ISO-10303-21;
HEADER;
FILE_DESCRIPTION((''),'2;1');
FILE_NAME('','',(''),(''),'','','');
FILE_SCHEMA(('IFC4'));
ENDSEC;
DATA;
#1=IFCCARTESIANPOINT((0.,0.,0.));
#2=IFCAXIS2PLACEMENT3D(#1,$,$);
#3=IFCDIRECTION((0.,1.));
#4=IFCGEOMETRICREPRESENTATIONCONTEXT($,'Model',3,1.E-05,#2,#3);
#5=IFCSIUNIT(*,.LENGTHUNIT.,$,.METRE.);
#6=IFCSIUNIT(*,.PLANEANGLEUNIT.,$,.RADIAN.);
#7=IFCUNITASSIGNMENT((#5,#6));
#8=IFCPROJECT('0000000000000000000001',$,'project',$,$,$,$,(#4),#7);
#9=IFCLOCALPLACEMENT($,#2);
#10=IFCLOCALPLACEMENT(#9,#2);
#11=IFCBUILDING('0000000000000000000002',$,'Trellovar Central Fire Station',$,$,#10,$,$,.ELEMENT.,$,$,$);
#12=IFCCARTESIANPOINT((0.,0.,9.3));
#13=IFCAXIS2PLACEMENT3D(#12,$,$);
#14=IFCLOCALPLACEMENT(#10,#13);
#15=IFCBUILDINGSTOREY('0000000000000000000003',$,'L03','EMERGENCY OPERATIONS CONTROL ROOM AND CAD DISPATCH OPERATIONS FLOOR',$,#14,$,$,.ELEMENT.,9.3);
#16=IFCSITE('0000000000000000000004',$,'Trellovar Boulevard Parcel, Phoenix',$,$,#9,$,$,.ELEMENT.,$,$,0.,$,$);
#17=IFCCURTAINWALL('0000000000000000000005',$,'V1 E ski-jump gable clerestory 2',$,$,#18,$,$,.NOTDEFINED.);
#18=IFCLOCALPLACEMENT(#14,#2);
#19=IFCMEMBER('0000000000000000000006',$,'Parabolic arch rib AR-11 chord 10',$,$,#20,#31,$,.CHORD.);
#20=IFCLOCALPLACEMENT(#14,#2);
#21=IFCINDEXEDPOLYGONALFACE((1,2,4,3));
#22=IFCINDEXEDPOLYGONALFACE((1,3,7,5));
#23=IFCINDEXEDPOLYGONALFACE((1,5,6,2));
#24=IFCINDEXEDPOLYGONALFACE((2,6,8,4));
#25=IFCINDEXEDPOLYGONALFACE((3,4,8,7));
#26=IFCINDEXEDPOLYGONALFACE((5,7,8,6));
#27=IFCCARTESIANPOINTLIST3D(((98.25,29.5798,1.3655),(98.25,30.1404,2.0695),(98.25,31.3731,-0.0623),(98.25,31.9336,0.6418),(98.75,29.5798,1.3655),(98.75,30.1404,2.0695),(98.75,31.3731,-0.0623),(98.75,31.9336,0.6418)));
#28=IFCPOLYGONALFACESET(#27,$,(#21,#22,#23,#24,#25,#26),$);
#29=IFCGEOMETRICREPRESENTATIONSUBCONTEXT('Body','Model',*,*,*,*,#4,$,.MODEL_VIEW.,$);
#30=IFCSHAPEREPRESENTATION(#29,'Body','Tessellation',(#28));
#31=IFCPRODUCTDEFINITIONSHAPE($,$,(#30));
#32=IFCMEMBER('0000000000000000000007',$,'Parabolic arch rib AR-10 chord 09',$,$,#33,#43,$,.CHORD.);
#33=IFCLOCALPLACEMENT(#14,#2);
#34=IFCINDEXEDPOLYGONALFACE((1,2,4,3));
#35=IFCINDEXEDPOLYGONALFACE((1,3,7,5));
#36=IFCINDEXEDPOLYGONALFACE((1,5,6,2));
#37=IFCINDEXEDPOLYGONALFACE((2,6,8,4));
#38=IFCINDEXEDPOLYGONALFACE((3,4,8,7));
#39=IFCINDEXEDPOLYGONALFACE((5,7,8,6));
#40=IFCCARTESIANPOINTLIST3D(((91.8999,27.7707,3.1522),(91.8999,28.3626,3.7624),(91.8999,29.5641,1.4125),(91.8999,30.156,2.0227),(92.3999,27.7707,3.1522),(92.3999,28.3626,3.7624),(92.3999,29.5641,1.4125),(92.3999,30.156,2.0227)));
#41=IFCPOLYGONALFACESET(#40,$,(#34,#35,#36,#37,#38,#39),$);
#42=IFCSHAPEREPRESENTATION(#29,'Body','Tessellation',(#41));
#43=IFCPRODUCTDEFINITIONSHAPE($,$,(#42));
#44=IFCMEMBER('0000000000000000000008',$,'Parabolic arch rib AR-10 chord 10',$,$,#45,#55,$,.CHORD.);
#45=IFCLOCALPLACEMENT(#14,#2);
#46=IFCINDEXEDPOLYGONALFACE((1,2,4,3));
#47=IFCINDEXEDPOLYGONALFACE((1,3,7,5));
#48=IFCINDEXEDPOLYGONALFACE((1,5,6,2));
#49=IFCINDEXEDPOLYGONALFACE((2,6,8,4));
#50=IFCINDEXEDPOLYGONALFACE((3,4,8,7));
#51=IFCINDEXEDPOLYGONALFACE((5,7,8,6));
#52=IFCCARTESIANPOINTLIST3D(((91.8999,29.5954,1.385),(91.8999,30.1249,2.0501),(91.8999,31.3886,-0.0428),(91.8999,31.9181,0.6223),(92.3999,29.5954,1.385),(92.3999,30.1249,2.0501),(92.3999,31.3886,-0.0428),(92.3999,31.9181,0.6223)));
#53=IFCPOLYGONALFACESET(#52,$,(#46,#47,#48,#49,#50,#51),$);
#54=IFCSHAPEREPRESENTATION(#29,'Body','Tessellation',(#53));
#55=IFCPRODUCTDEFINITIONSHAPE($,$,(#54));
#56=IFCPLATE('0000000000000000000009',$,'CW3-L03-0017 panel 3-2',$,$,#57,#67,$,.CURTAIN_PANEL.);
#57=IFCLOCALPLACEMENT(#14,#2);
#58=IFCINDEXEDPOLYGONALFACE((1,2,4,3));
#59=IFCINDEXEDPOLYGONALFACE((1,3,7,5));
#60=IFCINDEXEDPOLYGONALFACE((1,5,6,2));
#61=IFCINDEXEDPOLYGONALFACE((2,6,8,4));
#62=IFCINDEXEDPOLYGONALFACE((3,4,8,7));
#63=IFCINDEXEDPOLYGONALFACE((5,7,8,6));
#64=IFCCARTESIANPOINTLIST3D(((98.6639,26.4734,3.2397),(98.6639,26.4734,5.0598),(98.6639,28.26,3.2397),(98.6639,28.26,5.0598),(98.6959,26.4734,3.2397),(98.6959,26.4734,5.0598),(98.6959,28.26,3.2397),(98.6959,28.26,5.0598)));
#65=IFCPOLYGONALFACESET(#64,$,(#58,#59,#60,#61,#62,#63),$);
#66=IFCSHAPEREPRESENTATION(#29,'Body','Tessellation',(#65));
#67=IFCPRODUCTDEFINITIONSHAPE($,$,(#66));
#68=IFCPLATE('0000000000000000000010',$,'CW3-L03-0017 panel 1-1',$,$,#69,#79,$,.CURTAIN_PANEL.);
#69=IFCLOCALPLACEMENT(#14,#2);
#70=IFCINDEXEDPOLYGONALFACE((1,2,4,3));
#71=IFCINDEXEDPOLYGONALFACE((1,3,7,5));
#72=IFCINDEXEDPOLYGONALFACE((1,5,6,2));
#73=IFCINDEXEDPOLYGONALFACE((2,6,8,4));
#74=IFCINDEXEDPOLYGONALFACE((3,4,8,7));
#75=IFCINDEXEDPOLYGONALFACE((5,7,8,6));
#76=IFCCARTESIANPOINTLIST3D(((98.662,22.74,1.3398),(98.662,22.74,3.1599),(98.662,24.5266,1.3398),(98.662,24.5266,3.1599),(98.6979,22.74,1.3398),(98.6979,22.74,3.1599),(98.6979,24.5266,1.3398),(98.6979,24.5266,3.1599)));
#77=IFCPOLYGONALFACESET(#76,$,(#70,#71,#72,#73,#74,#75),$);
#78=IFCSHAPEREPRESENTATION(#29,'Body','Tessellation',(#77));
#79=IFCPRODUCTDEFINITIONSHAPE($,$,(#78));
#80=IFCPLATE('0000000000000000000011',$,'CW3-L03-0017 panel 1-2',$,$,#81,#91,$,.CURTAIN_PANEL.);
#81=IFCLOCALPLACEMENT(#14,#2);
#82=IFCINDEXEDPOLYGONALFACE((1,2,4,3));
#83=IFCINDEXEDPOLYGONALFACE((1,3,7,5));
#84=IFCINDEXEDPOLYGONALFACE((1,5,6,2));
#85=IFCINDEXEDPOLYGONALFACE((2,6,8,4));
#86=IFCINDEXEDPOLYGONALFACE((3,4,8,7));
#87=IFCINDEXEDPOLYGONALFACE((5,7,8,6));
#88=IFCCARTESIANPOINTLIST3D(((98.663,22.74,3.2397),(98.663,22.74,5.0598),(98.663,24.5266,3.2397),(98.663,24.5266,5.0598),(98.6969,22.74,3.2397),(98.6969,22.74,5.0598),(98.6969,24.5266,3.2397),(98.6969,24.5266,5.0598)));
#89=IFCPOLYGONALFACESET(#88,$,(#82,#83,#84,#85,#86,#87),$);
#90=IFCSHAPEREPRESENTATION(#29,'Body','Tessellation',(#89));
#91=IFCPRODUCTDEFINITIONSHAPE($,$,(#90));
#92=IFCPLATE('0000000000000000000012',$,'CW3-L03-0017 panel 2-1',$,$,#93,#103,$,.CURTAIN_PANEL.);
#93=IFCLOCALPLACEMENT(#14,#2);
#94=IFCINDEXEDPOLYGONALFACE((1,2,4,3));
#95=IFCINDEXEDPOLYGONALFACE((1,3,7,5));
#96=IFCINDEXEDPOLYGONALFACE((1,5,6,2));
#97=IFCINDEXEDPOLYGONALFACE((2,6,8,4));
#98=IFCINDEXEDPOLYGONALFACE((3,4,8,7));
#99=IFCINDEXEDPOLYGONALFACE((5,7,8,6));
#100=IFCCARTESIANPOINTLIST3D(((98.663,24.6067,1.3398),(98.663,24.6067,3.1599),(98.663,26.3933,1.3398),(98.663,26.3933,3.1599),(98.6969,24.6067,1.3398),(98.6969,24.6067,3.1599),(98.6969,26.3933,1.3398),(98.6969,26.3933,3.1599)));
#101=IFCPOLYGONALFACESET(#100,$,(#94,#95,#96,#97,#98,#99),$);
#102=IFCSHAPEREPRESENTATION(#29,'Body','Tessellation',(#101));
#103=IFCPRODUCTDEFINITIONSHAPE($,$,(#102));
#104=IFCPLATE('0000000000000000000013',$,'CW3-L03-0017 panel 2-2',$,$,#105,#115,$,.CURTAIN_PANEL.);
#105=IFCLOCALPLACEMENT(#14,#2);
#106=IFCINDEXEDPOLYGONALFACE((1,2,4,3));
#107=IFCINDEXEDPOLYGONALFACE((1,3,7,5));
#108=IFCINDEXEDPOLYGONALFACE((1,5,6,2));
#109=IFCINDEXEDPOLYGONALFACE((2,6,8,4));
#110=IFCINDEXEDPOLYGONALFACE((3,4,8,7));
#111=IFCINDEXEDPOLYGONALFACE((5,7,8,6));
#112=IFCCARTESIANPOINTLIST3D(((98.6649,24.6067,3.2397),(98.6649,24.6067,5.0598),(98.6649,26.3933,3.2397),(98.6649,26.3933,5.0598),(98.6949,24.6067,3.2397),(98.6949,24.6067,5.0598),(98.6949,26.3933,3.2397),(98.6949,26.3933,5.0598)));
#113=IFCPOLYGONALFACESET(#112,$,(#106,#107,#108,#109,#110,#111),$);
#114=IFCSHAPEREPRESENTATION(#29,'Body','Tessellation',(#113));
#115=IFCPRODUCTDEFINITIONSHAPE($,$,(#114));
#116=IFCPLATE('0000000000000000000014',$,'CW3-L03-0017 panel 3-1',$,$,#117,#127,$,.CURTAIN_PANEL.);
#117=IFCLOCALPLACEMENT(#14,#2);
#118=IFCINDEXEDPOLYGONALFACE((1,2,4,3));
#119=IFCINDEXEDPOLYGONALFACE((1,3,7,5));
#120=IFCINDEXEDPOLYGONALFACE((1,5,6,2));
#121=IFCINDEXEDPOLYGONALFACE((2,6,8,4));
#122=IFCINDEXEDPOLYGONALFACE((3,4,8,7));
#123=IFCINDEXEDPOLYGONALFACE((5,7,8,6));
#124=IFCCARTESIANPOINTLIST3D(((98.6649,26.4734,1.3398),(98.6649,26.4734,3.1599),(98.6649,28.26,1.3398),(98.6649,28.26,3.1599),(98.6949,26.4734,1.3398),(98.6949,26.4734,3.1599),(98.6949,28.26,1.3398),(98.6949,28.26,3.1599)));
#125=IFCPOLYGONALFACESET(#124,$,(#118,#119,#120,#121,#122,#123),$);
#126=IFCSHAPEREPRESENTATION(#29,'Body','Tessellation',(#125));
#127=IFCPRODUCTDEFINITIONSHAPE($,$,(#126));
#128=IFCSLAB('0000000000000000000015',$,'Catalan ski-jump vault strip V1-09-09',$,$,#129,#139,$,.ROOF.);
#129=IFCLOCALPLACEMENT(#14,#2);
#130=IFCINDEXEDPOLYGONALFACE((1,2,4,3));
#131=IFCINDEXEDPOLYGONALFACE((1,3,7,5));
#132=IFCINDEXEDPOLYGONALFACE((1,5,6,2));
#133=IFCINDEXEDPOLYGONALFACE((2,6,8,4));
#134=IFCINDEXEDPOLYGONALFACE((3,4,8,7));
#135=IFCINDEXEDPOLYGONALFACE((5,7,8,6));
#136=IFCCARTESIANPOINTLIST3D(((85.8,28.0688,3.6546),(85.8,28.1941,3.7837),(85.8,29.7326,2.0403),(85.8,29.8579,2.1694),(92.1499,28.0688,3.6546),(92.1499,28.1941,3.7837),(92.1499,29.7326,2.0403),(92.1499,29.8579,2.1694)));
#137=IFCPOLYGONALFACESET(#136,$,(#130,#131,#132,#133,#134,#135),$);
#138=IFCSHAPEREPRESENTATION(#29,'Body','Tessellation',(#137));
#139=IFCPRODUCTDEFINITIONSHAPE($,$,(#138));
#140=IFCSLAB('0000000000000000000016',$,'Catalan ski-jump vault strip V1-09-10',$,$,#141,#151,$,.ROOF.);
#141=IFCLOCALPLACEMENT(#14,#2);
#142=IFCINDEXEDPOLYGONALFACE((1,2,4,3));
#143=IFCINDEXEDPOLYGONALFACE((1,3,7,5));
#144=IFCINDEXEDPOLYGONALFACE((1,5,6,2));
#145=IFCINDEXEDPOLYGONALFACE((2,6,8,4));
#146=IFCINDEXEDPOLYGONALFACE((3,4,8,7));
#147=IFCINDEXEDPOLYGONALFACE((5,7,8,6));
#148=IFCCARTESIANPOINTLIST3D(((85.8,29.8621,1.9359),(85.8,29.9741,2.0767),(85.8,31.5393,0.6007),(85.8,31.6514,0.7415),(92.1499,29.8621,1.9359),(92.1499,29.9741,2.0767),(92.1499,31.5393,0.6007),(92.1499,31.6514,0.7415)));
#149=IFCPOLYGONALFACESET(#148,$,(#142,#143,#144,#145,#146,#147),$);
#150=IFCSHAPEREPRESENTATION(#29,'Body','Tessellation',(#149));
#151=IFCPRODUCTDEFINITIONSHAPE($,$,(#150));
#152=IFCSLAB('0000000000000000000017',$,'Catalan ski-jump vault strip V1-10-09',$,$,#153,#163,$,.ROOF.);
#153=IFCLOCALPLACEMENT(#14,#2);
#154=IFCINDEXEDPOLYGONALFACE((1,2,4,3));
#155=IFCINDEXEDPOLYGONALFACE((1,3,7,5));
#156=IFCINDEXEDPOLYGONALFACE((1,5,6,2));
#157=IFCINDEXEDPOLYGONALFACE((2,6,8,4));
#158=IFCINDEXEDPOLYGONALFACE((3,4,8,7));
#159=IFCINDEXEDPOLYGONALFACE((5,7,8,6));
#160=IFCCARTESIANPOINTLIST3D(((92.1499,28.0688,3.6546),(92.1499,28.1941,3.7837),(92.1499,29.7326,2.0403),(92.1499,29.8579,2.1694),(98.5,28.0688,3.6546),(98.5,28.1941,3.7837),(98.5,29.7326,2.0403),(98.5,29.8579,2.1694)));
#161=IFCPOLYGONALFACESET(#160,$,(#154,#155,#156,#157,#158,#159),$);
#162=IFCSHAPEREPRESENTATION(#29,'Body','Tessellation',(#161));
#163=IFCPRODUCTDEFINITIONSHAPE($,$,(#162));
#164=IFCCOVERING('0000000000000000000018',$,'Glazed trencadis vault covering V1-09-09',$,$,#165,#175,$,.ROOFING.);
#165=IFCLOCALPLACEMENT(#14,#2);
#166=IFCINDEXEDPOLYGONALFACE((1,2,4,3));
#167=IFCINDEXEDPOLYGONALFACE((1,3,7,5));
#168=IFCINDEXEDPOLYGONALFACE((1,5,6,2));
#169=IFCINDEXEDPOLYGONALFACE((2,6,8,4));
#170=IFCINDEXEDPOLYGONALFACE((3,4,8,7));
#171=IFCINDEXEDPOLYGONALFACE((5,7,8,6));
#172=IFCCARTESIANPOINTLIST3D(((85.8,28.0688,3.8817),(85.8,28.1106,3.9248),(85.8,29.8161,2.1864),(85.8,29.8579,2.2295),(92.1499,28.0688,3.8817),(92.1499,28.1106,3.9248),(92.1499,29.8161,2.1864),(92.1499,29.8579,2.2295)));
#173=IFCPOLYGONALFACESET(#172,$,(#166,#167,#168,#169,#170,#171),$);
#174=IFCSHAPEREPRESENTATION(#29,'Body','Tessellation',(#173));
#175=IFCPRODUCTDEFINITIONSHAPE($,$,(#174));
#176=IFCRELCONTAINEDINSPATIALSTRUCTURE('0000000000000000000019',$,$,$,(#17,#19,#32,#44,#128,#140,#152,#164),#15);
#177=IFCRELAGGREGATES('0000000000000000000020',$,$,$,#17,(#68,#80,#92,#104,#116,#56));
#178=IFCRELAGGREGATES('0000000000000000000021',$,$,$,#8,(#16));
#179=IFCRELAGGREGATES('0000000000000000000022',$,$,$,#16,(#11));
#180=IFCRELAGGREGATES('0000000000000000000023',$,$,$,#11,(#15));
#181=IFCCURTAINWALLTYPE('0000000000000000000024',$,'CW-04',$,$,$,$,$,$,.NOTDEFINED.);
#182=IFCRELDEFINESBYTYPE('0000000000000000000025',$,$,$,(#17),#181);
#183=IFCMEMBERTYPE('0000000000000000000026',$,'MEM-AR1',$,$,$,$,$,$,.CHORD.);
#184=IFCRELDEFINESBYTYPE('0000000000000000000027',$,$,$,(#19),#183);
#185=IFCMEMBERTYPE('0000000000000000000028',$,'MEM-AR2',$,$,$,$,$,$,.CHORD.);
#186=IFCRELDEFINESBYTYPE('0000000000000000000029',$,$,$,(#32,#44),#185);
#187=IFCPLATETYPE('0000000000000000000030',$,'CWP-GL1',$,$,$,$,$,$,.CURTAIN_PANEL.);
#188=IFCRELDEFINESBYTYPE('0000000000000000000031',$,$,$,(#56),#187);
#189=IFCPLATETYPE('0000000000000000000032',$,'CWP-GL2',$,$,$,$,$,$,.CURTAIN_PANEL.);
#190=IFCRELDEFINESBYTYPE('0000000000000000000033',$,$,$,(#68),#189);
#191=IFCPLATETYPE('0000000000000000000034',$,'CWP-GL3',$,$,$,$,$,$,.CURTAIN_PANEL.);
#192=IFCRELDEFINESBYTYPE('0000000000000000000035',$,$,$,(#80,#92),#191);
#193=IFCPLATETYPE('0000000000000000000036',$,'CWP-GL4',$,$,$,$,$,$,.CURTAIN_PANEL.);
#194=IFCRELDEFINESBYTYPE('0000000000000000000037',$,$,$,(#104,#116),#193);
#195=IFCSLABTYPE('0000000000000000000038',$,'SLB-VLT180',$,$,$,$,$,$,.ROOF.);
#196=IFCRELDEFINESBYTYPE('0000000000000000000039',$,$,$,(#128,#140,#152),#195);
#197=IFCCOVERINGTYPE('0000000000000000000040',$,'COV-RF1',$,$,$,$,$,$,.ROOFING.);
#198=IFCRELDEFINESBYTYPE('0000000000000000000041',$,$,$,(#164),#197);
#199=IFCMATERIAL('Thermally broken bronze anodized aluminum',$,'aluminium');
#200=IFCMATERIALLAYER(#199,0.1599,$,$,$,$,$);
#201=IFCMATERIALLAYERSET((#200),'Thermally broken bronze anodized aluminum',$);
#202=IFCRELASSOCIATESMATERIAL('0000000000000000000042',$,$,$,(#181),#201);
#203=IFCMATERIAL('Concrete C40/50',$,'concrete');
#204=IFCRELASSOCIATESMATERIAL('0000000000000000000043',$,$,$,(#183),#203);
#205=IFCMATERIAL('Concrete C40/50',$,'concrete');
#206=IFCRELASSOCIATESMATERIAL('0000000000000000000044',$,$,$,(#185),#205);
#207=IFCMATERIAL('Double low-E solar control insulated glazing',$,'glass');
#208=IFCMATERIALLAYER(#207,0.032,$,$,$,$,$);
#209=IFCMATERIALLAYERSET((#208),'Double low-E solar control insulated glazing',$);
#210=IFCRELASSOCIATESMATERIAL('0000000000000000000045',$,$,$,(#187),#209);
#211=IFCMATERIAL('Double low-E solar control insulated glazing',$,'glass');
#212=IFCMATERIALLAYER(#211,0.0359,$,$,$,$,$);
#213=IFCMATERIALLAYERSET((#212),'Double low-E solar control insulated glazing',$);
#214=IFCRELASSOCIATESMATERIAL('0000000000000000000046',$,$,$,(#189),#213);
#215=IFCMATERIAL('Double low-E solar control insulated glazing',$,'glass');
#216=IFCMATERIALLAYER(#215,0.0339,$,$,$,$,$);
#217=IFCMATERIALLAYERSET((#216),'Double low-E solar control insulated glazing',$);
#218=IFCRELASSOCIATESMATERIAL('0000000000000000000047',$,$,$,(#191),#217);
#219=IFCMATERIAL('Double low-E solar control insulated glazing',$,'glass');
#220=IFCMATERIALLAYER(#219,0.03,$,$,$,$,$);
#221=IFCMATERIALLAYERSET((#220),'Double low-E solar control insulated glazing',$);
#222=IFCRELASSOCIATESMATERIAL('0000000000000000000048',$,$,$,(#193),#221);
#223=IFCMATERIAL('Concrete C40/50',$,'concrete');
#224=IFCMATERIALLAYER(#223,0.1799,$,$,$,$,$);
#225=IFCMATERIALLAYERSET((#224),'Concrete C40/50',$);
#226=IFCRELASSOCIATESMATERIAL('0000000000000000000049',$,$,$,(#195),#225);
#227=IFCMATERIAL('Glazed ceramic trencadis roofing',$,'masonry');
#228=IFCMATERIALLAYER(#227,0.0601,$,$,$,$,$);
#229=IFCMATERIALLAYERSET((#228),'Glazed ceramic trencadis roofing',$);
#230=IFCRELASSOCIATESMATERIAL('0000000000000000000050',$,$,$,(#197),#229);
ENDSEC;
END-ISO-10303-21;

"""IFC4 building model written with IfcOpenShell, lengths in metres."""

from ifc_helpers import new_model, si_unit, direction, frame, origin, origin_2d, place, context, subcontext, project, spatial, polyline, rectangle, outline, extrude, material, layer, layer_set, material_profile, profile_set, type_object, element, aggregate, save


model = new_model("IFC4")

# Units and contexts
model_context = context("Model", 3, precision=1e-05, world=origin(), true_north=direction((0.0, 1.0)))
body_context = subcontext(model_context, "Body", "Model", "MODEL_VIEW")
ifc_project = project(units=[si_unit("LENGTHUNIT", "METRE"), si_unit("PLANEANGLEUNIT", "RADIAN")], contexts=[model_context])

# Site, building, storey
site_placement = place(None, origin())
site = spatial("IfcSite", under=ifc_project, at=site_placement, Name="Trellovar Boulevard Parcel, Phoenix", CompositionType="ELEMENT", RefElevation=0.0)
building_placement = place(site_placement, origin())
building = spatial("IfcBuilding", under=site, at=building_placement, Name="Trellovar Central Fire Station", CompositionType="ELEMENT")
storey_placement = place(building_placement, frame((0.0, 0.0, 9.3)))
storey = spatial("IfcBuildingStorey", under=building, at=storey_placement, Name="L03", Description="EMERGENCY OPERATIONS CONTROL ROOM AND CAD DISPATCH OPERATIONS FLOOR", CompositionType="ELEMENT", Elevation=9.3)

# Curtain wall
ifc_material_1 = material(Name="Thermally broken bronze anodized aluminum", Category="aluminium")
ifc_layer_1 = layer(ifc_material_1, 0.1599)
ifc_layer_set_1 = layer_set([ifc_layer_1], Name="Thermally broken bronze anodized aluminum")
curtain_wall_type_1 = type_object("IfcCurtainWallType", Name="CW-04", PredefinedType="NOTDEFINED", material=ifc_layer_set_1)
curtain_wall_1_placement = place(storey_placement, origin())
curtain_wall_1 = element("IfcCurtainWall", 1, at=curtain_wall_1_placement, inside=storey, type_object=curtain_wall_type_1, Name="V1 E ski-jump gable clerestory 2", PredefinedType="NOTDEFINED")

# Members
ifc_material_2 = material(Name="Concrete C40/50", Category="concrete")
ifc_material_profile_1 = material_profile(ifc_material_2, rectangle(XDim=0.5, YDim=0.8999, at=origin_2d()), Name="RC500X900")
ifc_profile_set_1 = profile_set([ifc_material_profile_1], Name="Concrete C40/50")
member_type_1 = type_object("IfcMemberType", Name="MEM-AR1", PredefinedType="CHORD", material=ifc_profile_set_1)
member_1_placement = place(storey_placement, frame((98.5, 29.8601, 1.7175), z_axis=(0.0, 0.782321, -0.622875), x_axis=(-1.0, 0.0, 0.0)))
element("IfcMember", 2, at=member_1_placement, inside=storey, type_object=member_type_1, Name="Parabolic arch rib AR-11 chord 10", PredefinedType="CHORD", context=body_context, shape_type="SweptSolid", body=[
    extrude(rectangle(XDim=0.5, YDim=0.8999, at=origin_2d()), origin(), (0.0, 0.0, 1.0), 2.2922),
])
ifc_material_3 = material(Name="Concrete C40/50", Category="concrete")
ifc_material_profile_2 = material_profile(ifc_material_3, rectangle(XDim=0.5, YDim=0.8501, at=origin_2d()), Name="RC500X850")
ifc_profile_set_2 = profile_set([ifc_material_profile_2], Name="Concrete C40/50")
member_type_2 = type_object("IfcMemberType", Name="MEM-AR2", PredefinedType="CHORD", material=ifc_profile_set_2)
member_2_placement = place(storey_placement, frame((92.1499, 28.0667, 3.4573), z_axis=(0.0, 0.717773, -0.696277), x_axis=(-1.0, 0.0, 0.0)))
element("IfcMember", 3, at=member_2_placement, inside=storey, type_object=member_type_2, Name="Parabolic arch rib AR-10 chord 09", PredefinedType="CHORD", context=body_context, shape_type="SweptSolid", body=[
    extrude(rectangle(XDim=0.5, YDim=0.8501, at=origin_2d()), origin(), (0.0, 0.0, 1.0), 2.4985),
])
member_3_placement = place(storey_placement, frame((92.1499, 29.8601, 1.7175), z_axis=(0.0, 0.782321, -0.622875), x_axis=(-1.0, 0.0, 0.0)))
element("IfcMember", 4, at=member_3_placement, inside=storey, type_object=member_type_2, Name="Parabolic arch rib AR-10 chord 10", PredefinedType="CHORD", context=body_context, shape_type="SweptSolid", body=[
    extrude(rectangle(XDim=0.5, YDim=0.8501, at=origin_2d()), origin(), (0.0, 0.0, 1.0), 2.2922),
])

# Plates
ifc_material_4 = material(Name="Double low-E solar control insulated glazing", Category="glass")
ifc_layer_2 = layer(ifc_material_4, 0.032)
ifc_layer_set_2 = layer_set([ifc_layer_2], Name="Double low-E solar control insulated glazing")
plate_type_1 = type_object("IfcPlateType", Name="CWP-GL1", PredefinedType="CURTAIN_PANEL", material=ifc_layer_set_2)
plate_1_placement = place(storey_placement, frame((98.6799, 27.3667, 3.2397), z_axis=(0.0, 0.0, 1.0), x_axis=(0.0, 1.0, 0.0)))
plate_1 = element("IfcPlate", 5, at=plate_1_placement, type_object=plate_type_1, Name="CW3-L03-0017 panel 3-2", PredefinedType="CURTAIN_PANEL", context=body_context, shape_type="SweptSolid", body=[
    extrude(rectangle(XDim=1.7866, YDim=0.032, at=origin_2d()), origin(), (0.0, 0.0, 1.0), 1.8201),
])
ifc_material_5 = material(Name="Double low-E solar control insulated glazing", Category="glass")
ifc_layer_3 = layer(ifc_material_5, 0.0359)
ifc_layer_set_3 = layer_set([ifc_layer_3], Name="Double low-E solar control insulated glazing")
plate_type_2 = type_object("IfcPlateType", Name="CWP-GL2", PredefinedType="CURTAIN_PANEL", material=ifc_layer_set_3)
plate_2_placement = place(storey_placement, frame((98.6799, 23.6333, 1.3398), z_axis=(0.0, 0.0, 1.0), x_axis=(0.0, 1.0, 0.0)))
plate_2 = element("IfcPlate", 6, at=plate_2_placement, type_object=plate_type_2, Name="CW3-L03-0017 panel 1-1", PredefinedType="CURTAIN_PANEL", context=body_context, shape_type="SweptSolid", body=[
    extrude(rectangle(XDim=1.7866, YDim=0.0359, at=origin_2d()), origin(), (0.0, 0.0, 1.0), 1.8201),
])
ifc_material_6 = material(Name="Double low-E solar control insulated glazing", Category="glass")
ifc_layer_4 = layer(ifc_material_6, 0.0339)
ifc_layer_set_4 = layer_set([ifc_layer_4], Name="Double low-E solar control insulated glazing")
plate_type_3 = type_object("IfcPlateType", Name="CWP-GL3", PredefinedType="CURTAIN_PANEL", material=ifc_layer_set_4)
plate_3_placement = place(storey_placement, frame((98.6799, 23.6333, 3.2397), z_axis=(0.0, 0.0, 1.0), x_axis=(0.0, 1.0, 0.0)))
plate_3 = element("IfcPlate", 7, at=plate_3_placement, type_object=plate_type_3, Name="CW3-L03-0017 panel 1-2", PredefinedType="CURTAIN_PANEL", context=body_context, shape_type="SweptSolid", body=[
    extrude(rectangle(XDim=1.7866, YDim=0.0339, at=origin_2d()), origin(), (0.0, 0.0, 1.0), 1.8201),
])
plate_4_placement = place(storey_placement, frame((98.6799, 25.5, 1.3398), z_axis=(0.0, 0.0, 1.0), x_axis=(0.0, 1.0, 0.0)))
plate_4 = element("IfcPlate", 8, at=plate_4_placement, type_object=plate_type_3, Name="CW3-L03-0017 panel 2-1", PredefinedType="CURTAIN_PANEL", context=body_context, shape_type="SweptSolid", body=[
    extrude(rectangle(XDim=1.7866, YDim=0.0339, at=origin_2d()), origin(), (0.0, 0.0, 1.0), 1.8201),
])
ifc_material_7 = material(Name="Double low-E solar control insulated glazing", Category="glass")
ifc_layer_5 = layer(ifc_material_7, 0.03)
ifc_layer_set_5 = layer_set([ifc_layer_5], Name="Double low-E solar control insulated glazing")
plate_type_4 = type_object("IfcPlateType", Name="CWP-GL4", PredefinedType="CURTAIN_PANEL", material=ifc_layer_set_5)
plate_5_placement = place(storey_placement, frame((98.6799, 25.5, 3.2397), z_axis=(0.0, 0.0, 1.0), x_axis=(0.0, 1.0, 0.0)))
plate_5 = element("IfcPlate", 9, at=plate_5_placement, type_object=plate_type_4, Name="CW3-L03-0017 panel 2-2", PredefinedType="CURTAIN_PANEL", context=body_context, shape_type="SweptSolid", body=[
    extrude(rectangle(XDim=1.7866, YDim=0.03, at=origin_2d()), origin(), (0.0, 0.0, 1.0), 1.8201),
])
plate_6_placement = place(storey_placement, frame((98.6799, 27.3667, 1.3398), z_axis=(0.0, 0.0, 1.0), x_axis=(0.0, 1.0, 0.0)))
plate_6 = element("IfcPlate", 10, at=plate_6_placement, type_object=plate_type_4, Name="CW3-L03-0017 panel 3-1", PredefinedType="CURTAIN_PANEL", context=body_context, shape_type="SweptSolid", body=[
    extrude(rectangle(XDim=1.7866, YDim=0.03, at=origin_2d()), origin(), (0.0, 0.0, 1.0), 1.8201),
])
aggregate(curtain_wall_1, [plate_2, plate_3, plate_4, plate_5, plate_6, plate_1])

# Slabs
ifc_material_8 = material(Name="Concrete C40/50", Category="concrete")
ifc_layer_6 = layer(ifc_material_8, 0.1799)
ifc_layer_set_6 = layer_set([ifc_layer_6], Name="Concrete C40/50")
slab_type = type_object("IfcSlabType", Name="SLB-VLT180", PredefinedType="ROOF", material=ifc_layer_set_6)
slab_1_placement = place(storey_placement, frame((85.8, 28.1941, 3.7837), z_axis=(0.0, 0.696337, 0.717715), x_axis=(1.0, 0.0, 0.0)))
element("IfcSlab", 11, at=slab_1_placement, inside=storey, type_object=slab_type, Name="Catalan ski-jump vault strip V1-09-09", PredefinedType="ROOF", context=body_context, shape_type="SweptSolid", body=[
    extrude(outline(polyline([(0.0, 0.0), (6.3499, 0.0), (6.3499, 2.3182), (0.0, 2.3182), (0.0, 0.0)])), origin(), (0.0, 0.0, -1.0), 0.1799),
])
slab_2_placement = place(storey_placement, frame((85.8, 29.9741, 2.0767), z_axis=(0.0, 0.622818, 0.782366), x_axis=(1.0, 0.0, 0.0)))
element("IfcSlab", 12, at=slab_2_placement, inside=storey, type_object=slab_type, Name="Catalan ski-jump vault strip V1-09-10", PredefinedType="ROOF", context=body_context, shape_type="SweptSolid", body=[
    extrude(outline(polyline([(0.0, 0.0), (6.3499, 0.0), (6.3499, 2.1438), (0.0, 2.1438), (0.0, 0.0)])), origin(), (0.0, 0.0, -1.0), 0.1799),
])
slab_3_placement = place(storey_placement, frame((92.1499, 28.1941, 3.7837), z_axis=(0.0, 0.696337, 0.717715), x_axis=(1.0, 0.0, 0.0)))
element("IfcSlab", 13, at=slab_3_placement, inside=storey, type_object=slab_type, Name="Catalan ski-jump vault strip V1-10-09", PredefinedType="ROOF", context=body_context, shape_type="SweptSolid", body=[
    extrude(outline(polyline([(0.0, 0.0), (6.3501, 0.0), (6.3501, 2.3182), (0.0, 2.3182), (0.0, 0.0)])), origin(), (0.0, 0.0, -1.0), 0.1799),
])

# Covering
ifc_material_9 = material(Name="Glazed ceramic trencadis roofing", Category="masonry")
ifc_layer_7 = layer(ifc_material_9, 0.0601)
ifc_layer_set_7 = layer_set([ifc_layer_7], Name="Glazed ceramic trencadis roofing")
covering_type = type_object("IfcCoveringType", Name="COV-RF1", PredefinedType="ROOFING", material=ifc_layer_set_7)
covering_1_placement = place(storey_placement, frame((85.8, 28.1106, 3.9248), z_axis=(0.0, 0.696346, 0.717706), x_axis=(1.0, 0.0, 0.0)))
element("IfcCovering", 14, at=covering_1_placement, inside=storey, type_object=covering_type, Name="Glazed trencadis vault covering V1-09-09", PredefinedType="ROOFING", context=body_context, shape_type="SweptSolid", body=[
    extrude(outline(polyline([(0.0, 0.0), (6.3499, 0.0), (6.3499, 2.4346), (0.0, 2.4346), (0.0, 0.0)])), origin(), (0.0, 0.0, -1.0), 0.0601),
])

save(model, "model.ifc")
